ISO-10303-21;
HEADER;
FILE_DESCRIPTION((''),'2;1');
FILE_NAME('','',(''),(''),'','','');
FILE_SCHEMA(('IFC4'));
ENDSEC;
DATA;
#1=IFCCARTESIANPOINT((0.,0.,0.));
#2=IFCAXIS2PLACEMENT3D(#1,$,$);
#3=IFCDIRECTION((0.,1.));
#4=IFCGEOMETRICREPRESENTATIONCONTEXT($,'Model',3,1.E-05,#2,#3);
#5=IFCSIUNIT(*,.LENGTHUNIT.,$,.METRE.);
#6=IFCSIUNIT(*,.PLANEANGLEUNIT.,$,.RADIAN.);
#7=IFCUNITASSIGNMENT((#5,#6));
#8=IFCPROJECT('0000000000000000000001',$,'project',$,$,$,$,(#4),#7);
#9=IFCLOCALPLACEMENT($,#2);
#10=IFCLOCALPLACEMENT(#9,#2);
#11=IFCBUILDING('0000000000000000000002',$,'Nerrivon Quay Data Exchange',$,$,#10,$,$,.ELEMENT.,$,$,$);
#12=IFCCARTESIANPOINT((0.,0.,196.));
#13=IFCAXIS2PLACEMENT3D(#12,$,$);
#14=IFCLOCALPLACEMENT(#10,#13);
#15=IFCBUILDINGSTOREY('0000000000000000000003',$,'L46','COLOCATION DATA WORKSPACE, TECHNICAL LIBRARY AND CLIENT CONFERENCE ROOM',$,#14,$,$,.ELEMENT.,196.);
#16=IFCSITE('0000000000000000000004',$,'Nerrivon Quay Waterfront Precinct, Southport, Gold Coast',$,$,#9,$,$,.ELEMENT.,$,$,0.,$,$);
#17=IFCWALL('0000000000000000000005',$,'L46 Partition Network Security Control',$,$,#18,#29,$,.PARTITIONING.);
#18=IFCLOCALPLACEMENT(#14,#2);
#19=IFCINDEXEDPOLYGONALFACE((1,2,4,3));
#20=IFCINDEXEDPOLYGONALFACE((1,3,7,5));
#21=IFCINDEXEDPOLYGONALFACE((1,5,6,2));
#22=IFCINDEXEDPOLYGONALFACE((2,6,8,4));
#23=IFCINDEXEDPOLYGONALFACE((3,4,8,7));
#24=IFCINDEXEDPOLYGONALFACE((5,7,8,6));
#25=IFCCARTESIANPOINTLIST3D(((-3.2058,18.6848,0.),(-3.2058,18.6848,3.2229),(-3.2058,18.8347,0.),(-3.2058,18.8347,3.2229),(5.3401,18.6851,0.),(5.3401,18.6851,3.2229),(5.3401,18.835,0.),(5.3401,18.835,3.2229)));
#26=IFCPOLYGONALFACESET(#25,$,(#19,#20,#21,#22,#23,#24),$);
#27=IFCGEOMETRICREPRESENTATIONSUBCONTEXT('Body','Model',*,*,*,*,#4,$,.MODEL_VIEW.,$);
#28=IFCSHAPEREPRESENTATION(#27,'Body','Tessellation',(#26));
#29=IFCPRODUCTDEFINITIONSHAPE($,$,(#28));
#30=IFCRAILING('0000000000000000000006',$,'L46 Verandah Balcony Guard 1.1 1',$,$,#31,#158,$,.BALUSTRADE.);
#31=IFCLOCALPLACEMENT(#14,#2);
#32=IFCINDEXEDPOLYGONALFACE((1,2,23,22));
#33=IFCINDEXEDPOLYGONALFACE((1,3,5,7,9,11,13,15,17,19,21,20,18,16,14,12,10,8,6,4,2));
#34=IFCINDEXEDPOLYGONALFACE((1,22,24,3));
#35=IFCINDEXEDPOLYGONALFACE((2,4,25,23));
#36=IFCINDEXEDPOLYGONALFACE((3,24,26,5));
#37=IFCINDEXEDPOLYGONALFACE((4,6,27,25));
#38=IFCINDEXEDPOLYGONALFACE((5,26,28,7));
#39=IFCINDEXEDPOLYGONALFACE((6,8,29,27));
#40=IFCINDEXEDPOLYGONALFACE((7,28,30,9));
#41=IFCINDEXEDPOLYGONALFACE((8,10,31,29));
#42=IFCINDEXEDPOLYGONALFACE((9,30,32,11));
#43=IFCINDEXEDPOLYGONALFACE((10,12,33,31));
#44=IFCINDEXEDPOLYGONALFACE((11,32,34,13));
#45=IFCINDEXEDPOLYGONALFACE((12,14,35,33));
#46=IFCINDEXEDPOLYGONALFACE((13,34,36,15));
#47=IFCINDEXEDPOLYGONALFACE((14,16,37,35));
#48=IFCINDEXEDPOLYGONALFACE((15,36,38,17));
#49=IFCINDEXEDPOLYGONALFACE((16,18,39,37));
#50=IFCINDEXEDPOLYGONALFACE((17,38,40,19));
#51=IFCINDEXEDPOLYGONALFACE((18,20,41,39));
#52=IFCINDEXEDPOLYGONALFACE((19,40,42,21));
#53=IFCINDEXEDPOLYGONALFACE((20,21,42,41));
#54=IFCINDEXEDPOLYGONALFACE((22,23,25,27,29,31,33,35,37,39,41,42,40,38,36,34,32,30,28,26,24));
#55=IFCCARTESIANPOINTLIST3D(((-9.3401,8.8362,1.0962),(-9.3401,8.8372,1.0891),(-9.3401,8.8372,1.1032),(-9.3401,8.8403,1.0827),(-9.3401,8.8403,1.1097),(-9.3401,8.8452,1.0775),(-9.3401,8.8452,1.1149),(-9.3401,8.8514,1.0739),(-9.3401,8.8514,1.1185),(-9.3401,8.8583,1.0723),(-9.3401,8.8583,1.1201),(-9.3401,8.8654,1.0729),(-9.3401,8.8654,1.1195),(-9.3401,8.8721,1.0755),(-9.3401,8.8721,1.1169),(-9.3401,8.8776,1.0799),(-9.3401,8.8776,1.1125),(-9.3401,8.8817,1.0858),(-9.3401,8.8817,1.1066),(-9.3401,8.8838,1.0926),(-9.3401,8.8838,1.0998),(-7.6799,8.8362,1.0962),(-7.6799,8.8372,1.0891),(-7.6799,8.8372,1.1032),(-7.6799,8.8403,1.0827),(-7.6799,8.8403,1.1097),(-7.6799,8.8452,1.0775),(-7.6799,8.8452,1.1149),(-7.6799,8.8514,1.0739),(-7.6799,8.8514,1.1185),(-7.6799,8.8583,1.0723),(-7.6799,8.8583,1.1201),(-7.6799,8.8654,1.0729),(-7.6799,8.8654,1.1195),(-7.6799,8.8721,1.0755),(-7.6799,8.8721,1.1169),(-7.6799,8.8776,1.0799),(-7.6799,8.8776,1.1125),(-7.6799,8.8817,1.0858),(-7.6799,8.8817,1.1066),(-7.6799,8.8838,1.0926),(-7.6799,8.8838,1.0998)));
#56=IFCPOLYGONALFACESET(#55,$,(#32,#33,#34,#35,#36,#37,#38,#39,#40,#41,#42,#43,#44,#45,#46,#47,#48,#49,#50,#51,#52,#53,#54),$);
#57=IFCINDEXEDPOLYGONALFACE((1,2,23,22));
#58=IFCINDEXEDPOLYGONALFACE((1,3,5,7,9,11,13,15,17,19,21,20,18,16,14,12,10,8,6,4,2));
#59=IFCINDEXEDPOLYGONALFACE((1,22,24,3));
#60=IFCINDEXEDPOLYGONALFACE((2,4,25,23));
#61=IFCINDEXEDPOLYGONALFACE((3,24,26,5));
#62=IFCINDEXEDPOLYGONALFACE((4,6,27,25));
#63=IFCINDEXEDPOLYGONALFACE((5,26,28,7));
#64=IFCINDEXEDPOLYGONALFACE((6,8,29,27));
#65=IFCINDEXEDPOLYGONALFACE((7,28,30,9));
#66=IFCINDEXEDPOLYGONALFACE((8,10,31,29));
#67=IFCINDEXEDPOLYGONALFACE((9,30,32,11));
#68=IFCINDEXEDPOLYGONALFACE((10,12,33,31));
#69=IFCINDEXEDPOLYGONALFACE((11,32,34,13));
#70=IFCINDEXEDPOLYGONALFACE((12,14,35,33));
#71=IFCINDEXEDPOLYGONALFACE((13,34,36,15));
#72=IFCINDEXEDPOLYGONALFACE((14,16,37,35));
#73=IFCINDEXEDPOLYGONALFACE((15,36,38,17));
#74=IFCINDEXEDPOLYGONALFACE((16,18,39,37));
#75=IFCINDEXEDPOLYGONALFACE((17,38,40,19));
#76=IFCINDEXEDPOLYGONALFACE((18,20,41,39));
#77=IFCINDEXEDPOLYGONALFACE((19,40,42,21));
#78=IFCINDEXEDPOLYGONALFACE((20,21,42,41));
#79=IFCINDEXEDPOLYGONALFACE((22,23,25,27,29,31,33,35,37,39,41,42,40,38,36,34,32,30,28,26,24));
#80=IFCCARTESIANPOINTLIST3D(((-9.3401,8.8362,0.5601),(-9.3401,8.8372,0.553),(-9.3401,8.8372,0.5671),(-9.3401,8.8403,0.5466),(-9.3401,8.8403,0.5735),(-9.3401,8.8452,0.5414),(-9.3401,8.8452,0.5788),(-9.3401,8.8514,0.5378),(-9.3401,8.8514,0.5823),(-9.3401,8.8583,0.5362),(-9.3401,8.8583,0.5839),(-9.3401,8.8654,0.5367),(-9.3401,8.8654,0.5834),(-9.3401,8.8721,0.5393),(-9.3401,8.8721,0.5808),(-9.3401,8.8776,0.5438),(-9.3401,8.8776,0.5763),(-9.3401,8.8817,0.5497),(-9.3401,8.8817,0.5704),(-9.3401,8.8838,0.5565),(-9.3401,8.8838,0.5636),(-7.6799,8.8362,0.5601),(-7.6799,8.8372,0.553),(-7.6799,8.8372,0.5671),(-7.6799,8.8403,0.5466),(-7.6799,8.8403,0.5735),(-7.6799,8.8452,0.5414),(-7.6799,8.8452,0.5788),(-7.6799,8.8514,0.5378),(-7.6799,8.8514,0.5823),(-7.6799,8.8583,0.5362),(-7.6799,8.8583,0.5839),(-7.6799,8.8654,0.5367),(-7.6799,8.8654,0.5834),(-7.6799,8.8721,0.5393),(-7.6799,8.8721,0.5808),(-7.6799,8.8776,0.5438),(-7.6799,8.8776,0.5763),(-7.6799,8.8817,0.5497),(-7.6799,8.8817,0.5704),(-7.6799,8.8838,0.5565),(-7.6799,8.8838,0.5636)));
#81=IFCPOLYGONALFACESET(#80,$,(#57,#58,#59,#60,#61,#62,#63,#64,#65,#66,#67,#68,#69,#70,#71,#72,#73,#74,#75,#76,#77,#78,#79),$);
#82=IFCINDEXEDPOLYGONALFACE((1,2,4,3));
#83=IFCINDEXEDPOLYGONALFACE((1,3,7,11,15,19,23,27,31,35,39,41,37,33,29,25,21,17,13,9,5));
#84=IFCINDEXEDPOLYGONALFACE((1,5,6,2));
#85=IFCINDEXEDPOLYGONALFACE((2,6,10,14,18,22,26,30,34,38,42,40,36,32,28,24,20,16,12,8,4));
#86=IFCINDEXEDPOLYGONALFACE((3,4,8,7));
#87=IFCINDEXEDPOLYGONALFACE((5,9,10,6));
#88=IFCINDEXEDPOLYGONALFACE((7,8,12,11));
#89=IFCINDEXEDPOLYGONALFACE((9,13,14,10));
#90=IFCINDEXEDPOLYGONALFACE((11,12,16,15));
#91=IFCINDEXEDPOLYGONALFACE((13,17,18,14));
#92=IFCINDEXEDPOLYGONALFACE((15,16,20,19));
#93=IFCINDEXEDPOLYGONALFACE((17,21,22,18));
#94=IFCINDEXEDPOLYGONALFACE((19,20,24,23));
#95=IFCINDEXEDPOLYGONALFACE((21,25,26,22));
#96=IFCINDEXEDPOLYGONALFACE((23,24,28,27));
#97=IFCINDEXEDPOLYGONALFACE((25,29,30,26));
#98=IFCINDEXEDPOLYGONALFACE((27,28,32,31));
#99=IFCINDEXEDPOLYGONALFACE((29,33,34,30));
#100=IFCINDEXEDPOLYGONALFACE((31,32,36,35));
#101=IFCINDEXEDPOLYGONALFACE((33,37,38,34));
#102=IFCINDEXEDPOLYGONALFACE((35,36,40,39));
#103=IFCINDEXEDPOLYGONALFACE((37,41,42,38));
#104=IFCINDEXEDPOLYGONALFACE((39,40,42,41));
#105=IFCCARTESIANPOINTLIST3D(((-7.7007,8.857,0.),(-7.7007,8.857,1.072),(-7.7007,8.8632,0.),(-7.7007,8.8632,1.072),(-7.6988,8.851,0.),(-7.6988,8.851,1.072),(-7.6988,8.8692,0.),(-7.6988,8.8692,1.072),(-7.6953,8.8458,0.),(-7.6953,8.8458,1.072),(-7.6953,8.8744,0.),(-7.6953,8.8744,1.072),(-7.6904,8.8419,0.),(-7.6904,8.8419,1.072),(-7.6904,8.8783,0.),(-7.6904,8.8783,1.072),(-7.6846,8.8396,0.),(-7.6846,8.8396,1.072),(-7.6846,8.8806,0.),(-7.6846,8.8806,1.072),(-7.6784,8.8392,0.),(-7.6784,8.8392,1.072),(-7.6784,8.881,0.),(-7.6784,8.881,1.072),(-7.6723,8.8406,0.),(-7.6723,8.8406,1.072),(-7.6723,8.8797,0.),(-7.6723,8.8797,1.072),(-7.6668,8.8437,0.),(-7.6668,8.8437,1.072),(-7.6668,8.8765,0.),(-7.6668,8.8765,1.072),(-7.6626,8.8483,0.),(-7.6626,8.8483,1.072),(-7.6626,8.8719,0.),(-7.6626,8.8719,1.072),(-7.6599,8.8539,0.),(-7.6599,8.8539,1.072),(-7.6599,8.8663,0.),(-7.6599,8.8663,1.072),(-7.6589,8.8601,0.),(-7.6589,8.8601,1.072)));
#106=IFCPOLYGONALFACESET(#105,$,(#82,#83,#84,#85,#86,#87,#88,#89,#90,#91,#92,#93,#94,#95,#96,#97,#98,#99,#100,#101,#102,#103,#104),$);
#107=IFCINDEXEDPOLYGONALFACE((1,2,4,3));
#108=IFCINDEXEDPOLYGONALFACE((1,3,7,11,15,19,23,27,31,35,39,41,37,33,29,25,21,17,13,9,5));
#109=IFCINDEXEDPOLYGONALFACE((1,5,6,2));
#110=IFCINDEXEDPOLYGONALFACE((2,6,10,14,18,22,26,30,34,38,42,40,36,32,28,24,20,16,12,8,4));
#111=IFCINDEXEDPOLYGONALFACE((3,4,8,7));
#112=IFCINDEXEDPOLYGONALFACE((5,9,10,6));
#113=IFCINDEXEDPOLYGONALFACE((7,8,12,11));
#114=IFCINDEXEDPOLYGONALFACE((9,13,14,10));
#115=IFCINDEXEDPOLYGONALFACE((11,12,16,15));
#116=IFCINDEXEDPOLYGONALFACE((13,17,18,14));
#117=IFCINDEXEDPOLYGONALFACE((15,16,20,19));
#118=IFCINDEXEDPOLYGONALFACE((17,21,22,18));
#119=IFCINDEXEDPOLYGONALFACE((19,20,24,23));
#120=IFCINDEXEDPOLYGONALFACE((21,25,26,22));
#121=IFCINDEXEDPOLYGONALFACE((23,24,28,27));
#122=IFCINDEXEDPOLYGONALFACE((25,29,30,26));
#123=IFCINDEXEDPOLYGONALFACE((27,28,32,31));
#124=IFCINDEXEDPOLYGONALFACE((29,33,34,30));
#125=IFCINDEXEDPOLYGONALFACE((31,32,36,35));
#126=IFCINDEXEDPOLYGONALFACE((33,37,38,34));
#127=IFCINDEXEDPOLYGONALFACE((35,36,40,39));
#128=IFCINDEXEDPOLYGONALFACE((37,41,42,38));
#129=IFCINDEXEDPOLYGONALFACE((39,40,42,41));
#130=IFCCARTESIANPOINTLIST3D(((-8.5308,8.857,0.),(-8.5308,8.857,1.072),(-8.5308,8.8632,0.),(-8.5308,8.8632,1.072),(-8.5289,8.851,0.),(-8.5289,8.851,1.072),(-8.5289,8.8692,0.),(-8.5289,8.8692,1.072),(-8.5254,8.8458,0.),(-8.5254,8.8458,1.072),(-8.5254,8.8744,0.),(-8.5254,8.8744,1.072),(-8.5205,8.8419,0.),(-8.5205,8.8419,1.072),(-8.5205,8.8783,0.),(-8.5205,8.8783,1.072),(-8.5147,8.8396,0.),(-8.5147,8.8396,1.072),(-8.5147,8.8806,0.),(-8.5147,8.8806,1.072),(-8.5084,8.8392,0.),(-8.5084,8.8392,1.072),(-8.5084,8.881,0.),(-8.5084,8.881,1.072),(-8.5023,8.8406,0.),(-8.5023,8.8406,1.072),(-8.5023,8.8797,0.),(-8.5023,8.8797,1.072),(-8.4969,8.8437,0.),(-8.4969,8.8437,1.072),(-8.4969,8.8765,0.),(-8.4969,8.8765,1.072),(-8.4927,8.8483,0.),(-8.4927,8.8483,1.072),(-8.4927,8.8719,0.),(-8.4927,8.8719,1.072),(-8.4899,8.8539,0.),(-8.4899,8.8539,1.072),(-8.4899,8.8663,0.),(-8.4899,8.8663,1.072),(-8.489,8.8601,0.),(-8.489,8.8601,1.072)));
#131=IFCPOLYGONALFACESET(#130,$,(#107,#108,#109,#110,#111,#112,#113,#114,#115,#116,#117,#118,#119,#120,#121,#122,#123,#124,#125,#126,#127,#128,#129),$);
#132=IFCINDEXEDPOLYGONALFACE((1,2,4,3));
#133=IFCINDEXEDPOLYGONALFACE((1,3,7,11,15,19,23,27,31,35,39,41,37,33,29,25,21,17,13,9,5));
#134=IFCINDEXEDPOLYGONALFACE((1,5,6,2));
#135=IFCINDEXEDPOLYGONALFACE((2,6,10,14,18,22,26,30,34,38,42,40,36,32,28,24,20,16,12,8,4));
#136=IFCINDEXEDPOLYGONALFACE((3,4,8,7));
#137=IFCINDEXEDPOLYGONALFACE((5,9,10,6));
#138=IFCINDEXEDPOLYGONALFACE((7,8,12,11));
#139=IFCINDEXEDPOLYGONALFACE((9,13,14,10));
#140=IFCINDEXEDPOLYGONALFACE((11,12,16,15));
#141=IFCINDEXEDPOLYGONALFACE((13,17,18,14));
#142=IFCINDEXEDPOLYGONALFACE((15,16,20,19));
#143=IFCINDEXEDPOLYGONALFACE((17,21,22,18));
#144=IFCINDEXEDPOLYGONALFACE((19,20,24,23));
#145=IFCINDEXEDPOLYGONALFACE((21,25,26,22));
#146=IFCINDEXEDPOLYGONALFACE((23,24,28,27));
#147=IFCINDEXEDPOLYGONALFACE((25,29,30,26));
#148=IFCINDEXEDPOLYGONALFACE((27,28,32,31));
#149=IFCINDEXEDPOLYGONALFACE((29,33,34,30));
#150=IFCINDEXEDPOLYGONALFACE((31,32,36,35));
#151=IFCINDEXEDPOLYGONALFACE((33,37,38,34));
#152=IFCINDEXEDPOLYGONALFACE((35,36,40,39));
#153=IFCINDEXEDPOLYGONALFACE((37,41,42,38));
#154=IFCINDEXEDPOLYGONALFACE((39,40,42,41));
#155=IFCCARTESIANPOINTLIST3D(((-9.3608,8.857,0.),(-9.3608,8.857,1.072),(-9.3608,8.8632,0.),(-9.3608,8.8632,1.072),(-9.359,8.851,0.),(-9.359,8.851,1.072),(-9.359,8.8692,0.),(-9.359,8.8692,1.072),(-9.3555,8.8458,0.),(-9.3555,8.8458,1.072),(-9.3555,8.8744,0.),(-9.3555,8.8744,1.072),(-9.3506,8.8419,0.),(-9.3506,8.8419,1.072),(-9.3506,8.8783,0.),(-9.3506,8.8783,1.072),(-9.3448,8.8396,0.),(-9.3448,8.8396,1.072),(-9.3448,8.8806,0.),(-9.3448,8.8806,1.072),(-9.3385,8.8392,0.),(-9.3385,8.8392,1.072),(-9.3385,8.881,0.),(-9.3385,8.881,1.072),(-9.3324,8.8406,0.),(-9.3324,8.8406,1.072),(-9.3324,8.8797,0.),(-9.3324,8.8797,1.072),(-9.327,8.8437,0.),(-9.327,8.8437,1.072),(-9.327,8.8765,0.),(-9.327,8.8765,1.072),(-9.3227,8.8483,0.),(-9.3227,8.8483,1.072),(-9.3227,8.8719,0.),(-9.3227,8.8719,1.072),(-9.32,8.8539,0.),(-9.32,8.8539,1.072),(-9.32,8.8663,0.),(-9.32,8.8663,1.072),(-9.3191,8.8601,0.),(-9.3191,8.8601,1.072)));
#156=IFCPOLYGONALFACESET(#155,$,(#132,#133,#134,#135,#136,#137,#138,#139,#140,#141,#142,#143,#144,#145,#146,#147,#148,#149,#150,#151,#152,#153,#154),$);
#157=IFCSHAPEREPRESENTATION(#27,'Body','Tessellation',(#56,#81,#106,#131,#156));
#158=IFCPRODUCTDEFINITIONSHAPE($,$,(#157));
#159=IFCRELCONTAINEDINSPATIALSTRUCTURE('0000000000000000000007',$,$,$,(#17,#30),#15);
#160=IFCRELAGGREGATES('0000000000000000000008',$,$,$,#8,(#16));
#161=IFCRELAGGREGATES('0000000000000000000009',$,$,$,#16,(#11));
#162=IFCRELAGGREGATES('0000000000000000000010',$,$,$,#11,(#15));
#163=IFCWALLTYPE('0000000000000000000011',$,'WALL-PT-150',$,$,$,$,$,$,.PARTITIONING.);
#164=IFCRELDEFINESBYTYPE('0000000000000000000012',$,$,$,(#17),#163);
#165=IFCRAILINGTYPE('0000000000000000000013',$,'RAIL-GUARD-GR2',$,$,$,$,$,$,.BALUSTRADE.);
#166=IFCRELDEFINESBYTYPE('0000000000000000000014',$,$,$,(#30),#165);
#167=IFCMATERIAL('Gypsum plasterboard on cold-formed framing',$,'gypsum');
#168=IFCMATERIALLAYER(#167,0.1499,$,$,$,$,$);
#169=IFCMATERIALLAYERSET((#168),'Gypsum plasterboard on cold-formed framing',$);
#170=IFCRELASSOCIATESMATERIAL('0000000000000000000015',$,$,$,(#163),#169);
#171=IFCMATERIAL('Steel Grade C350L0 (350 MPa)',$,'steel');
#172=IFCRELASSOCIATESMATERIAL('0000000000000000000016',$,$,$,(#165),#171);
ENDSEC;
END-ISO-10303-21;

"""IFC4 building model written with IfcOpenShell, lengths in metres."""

from ifc_helpers import new_model, si_unit, direction, frame, frame_2d, origin, origin_2d, place, context, subcontext, project, spatial, rectangle, circle, extrude, material, layer, layer_set, type_object, element, save


model = new_model("IFC4")

# Units and contexts
model_context = context("Model", 3, precision=1e-05, world=origin(), true_north=direction((0.0, 1.0)))
body_context = subcontext(model_context, "Body", "Model", "MODEL_VIEW")
ifc_project = project(units=[si_unit("LENGTHUNIT", "METRE"), si_unit("PLANEANGLEUNIT", "RADIAN")], contexts=[model_context])

# Site, building, storey
site_placement = place(None, origin())
site = spatial("IfcSite", under=ifc_project, at=site_placement, Name="Nerrivon Quay Waterfront Precinct, Southport, Gold Coast", CompositionType="ELEMENT", RefElevation=0.0)
building_placement = place(site_placement, origin())
building = spatial("IfcBuilding", under=site, at=building_placement, Name="Nerrivon Quay Data Exchange", CompositionType="ELEMENT")
storey_placement = place(building_placement, frame((0.0, 0.0, 196.0)))
storey = spatial("IfcBuildingStorey", under=building, at=storey_placement, Name="L46", Description="COLOCATION DATA WORKSPACE, TECHNICAL LIBRARY AND CLIENT CONFERENCE ROOM", CompositionType="ELEMENT", Elevation=196.0)

# Wall
ifc_material_1 = material(Name="Gypsum plasterboard on cold-formed framing", Category="gypsum")
ifc_layer_1 = layer(ifc_material_1, 0.1499)
ifc_layer_set_1 = layer_set([ifc_layer_1], Name="Gypsum plasterboard on cold-formed framing")
wall_type_1 = type_object("IfcWallType", Name="WALL-PT-150", PredefinedType="PARTITIONING", material=ifc_layer_set_1)
wall_1_placement = place(storey_placement, frame((-3.2058, 18.7598, 0.0), z_axis=(0.0, 0.0, 1.0), x_axis=(1.0, 0.000029, 0.0)))
element("IfcWall", 1, at=wall_1_placement, inside=storey, type_object=wall_type_1, Name="L46 Partition Network Security Control", PredefinedType="PARTITIONING", context=body_context, shape_type="SweptSolid", body=[
    extrude(rectangle(XDim=8.5459, YDim=0.1499, at=frame_2d((4.2729, 0.0))), origin(), (0.0, 0.0, 1.0), 3.2229),
])

# Railing
ifc_material_2 = material(Name="Steel Grade C350L0 (350 MPa)", Category="steel")
railing_type = type_object("IfcRailingType", Name="RAIL-GUARD-GR2", PredefinedType="BALUSTRADE", material=ifc_material_2)
railing_1_placement = place(storey_placement, frame((-7.6799, 8.8601, 0.0)))
element("IfcRailing", 2, at=railing_1_placement, inside=storey, type_object=railing_type, Name="L46 Verandah Balcony Guard 1.1 1", PredefinedType="BALUSTRADE", context=body_context, shape_type="SweptSolid", body=[
    extrude(circle(Radius=0.0239, at=origin_2d()), frame((0.0, 0.0, 1.0962), z_axis=(-1.0, 0.0, 0.0), x_axis=(0.0, -1.0, 0.0)), (0.0, 0.0, 1.0), 1.6602),
    extrude(circle(Radius=0.0239, at=origin_2d()), frame((0.0, 0.0, 0.5601), z_axis=(-1.0, 0.0, 0.0), x_axis=(0.0, -1.0, 0.0)), (0.0, 0.0, 1.0), 1.6602),
    extrude(circle(Radius=0.021, at=origin_2d()), origin(), (0.0, 0.0, 1.0), 1.072),
    extrude(circle(Radius=0.021, at=origin_2d()), frame((-0.8301, 0.0, 0.0)), (0.0, 0.0, 1.0), 1.072),
    extrude(circle(Radius=0.021, at=origin_2d()), frame((-1.6602, 0.0, 0.0)), (0.0, 0.0, 1.0), 1.072),
])

save(model, "model.ifc")
